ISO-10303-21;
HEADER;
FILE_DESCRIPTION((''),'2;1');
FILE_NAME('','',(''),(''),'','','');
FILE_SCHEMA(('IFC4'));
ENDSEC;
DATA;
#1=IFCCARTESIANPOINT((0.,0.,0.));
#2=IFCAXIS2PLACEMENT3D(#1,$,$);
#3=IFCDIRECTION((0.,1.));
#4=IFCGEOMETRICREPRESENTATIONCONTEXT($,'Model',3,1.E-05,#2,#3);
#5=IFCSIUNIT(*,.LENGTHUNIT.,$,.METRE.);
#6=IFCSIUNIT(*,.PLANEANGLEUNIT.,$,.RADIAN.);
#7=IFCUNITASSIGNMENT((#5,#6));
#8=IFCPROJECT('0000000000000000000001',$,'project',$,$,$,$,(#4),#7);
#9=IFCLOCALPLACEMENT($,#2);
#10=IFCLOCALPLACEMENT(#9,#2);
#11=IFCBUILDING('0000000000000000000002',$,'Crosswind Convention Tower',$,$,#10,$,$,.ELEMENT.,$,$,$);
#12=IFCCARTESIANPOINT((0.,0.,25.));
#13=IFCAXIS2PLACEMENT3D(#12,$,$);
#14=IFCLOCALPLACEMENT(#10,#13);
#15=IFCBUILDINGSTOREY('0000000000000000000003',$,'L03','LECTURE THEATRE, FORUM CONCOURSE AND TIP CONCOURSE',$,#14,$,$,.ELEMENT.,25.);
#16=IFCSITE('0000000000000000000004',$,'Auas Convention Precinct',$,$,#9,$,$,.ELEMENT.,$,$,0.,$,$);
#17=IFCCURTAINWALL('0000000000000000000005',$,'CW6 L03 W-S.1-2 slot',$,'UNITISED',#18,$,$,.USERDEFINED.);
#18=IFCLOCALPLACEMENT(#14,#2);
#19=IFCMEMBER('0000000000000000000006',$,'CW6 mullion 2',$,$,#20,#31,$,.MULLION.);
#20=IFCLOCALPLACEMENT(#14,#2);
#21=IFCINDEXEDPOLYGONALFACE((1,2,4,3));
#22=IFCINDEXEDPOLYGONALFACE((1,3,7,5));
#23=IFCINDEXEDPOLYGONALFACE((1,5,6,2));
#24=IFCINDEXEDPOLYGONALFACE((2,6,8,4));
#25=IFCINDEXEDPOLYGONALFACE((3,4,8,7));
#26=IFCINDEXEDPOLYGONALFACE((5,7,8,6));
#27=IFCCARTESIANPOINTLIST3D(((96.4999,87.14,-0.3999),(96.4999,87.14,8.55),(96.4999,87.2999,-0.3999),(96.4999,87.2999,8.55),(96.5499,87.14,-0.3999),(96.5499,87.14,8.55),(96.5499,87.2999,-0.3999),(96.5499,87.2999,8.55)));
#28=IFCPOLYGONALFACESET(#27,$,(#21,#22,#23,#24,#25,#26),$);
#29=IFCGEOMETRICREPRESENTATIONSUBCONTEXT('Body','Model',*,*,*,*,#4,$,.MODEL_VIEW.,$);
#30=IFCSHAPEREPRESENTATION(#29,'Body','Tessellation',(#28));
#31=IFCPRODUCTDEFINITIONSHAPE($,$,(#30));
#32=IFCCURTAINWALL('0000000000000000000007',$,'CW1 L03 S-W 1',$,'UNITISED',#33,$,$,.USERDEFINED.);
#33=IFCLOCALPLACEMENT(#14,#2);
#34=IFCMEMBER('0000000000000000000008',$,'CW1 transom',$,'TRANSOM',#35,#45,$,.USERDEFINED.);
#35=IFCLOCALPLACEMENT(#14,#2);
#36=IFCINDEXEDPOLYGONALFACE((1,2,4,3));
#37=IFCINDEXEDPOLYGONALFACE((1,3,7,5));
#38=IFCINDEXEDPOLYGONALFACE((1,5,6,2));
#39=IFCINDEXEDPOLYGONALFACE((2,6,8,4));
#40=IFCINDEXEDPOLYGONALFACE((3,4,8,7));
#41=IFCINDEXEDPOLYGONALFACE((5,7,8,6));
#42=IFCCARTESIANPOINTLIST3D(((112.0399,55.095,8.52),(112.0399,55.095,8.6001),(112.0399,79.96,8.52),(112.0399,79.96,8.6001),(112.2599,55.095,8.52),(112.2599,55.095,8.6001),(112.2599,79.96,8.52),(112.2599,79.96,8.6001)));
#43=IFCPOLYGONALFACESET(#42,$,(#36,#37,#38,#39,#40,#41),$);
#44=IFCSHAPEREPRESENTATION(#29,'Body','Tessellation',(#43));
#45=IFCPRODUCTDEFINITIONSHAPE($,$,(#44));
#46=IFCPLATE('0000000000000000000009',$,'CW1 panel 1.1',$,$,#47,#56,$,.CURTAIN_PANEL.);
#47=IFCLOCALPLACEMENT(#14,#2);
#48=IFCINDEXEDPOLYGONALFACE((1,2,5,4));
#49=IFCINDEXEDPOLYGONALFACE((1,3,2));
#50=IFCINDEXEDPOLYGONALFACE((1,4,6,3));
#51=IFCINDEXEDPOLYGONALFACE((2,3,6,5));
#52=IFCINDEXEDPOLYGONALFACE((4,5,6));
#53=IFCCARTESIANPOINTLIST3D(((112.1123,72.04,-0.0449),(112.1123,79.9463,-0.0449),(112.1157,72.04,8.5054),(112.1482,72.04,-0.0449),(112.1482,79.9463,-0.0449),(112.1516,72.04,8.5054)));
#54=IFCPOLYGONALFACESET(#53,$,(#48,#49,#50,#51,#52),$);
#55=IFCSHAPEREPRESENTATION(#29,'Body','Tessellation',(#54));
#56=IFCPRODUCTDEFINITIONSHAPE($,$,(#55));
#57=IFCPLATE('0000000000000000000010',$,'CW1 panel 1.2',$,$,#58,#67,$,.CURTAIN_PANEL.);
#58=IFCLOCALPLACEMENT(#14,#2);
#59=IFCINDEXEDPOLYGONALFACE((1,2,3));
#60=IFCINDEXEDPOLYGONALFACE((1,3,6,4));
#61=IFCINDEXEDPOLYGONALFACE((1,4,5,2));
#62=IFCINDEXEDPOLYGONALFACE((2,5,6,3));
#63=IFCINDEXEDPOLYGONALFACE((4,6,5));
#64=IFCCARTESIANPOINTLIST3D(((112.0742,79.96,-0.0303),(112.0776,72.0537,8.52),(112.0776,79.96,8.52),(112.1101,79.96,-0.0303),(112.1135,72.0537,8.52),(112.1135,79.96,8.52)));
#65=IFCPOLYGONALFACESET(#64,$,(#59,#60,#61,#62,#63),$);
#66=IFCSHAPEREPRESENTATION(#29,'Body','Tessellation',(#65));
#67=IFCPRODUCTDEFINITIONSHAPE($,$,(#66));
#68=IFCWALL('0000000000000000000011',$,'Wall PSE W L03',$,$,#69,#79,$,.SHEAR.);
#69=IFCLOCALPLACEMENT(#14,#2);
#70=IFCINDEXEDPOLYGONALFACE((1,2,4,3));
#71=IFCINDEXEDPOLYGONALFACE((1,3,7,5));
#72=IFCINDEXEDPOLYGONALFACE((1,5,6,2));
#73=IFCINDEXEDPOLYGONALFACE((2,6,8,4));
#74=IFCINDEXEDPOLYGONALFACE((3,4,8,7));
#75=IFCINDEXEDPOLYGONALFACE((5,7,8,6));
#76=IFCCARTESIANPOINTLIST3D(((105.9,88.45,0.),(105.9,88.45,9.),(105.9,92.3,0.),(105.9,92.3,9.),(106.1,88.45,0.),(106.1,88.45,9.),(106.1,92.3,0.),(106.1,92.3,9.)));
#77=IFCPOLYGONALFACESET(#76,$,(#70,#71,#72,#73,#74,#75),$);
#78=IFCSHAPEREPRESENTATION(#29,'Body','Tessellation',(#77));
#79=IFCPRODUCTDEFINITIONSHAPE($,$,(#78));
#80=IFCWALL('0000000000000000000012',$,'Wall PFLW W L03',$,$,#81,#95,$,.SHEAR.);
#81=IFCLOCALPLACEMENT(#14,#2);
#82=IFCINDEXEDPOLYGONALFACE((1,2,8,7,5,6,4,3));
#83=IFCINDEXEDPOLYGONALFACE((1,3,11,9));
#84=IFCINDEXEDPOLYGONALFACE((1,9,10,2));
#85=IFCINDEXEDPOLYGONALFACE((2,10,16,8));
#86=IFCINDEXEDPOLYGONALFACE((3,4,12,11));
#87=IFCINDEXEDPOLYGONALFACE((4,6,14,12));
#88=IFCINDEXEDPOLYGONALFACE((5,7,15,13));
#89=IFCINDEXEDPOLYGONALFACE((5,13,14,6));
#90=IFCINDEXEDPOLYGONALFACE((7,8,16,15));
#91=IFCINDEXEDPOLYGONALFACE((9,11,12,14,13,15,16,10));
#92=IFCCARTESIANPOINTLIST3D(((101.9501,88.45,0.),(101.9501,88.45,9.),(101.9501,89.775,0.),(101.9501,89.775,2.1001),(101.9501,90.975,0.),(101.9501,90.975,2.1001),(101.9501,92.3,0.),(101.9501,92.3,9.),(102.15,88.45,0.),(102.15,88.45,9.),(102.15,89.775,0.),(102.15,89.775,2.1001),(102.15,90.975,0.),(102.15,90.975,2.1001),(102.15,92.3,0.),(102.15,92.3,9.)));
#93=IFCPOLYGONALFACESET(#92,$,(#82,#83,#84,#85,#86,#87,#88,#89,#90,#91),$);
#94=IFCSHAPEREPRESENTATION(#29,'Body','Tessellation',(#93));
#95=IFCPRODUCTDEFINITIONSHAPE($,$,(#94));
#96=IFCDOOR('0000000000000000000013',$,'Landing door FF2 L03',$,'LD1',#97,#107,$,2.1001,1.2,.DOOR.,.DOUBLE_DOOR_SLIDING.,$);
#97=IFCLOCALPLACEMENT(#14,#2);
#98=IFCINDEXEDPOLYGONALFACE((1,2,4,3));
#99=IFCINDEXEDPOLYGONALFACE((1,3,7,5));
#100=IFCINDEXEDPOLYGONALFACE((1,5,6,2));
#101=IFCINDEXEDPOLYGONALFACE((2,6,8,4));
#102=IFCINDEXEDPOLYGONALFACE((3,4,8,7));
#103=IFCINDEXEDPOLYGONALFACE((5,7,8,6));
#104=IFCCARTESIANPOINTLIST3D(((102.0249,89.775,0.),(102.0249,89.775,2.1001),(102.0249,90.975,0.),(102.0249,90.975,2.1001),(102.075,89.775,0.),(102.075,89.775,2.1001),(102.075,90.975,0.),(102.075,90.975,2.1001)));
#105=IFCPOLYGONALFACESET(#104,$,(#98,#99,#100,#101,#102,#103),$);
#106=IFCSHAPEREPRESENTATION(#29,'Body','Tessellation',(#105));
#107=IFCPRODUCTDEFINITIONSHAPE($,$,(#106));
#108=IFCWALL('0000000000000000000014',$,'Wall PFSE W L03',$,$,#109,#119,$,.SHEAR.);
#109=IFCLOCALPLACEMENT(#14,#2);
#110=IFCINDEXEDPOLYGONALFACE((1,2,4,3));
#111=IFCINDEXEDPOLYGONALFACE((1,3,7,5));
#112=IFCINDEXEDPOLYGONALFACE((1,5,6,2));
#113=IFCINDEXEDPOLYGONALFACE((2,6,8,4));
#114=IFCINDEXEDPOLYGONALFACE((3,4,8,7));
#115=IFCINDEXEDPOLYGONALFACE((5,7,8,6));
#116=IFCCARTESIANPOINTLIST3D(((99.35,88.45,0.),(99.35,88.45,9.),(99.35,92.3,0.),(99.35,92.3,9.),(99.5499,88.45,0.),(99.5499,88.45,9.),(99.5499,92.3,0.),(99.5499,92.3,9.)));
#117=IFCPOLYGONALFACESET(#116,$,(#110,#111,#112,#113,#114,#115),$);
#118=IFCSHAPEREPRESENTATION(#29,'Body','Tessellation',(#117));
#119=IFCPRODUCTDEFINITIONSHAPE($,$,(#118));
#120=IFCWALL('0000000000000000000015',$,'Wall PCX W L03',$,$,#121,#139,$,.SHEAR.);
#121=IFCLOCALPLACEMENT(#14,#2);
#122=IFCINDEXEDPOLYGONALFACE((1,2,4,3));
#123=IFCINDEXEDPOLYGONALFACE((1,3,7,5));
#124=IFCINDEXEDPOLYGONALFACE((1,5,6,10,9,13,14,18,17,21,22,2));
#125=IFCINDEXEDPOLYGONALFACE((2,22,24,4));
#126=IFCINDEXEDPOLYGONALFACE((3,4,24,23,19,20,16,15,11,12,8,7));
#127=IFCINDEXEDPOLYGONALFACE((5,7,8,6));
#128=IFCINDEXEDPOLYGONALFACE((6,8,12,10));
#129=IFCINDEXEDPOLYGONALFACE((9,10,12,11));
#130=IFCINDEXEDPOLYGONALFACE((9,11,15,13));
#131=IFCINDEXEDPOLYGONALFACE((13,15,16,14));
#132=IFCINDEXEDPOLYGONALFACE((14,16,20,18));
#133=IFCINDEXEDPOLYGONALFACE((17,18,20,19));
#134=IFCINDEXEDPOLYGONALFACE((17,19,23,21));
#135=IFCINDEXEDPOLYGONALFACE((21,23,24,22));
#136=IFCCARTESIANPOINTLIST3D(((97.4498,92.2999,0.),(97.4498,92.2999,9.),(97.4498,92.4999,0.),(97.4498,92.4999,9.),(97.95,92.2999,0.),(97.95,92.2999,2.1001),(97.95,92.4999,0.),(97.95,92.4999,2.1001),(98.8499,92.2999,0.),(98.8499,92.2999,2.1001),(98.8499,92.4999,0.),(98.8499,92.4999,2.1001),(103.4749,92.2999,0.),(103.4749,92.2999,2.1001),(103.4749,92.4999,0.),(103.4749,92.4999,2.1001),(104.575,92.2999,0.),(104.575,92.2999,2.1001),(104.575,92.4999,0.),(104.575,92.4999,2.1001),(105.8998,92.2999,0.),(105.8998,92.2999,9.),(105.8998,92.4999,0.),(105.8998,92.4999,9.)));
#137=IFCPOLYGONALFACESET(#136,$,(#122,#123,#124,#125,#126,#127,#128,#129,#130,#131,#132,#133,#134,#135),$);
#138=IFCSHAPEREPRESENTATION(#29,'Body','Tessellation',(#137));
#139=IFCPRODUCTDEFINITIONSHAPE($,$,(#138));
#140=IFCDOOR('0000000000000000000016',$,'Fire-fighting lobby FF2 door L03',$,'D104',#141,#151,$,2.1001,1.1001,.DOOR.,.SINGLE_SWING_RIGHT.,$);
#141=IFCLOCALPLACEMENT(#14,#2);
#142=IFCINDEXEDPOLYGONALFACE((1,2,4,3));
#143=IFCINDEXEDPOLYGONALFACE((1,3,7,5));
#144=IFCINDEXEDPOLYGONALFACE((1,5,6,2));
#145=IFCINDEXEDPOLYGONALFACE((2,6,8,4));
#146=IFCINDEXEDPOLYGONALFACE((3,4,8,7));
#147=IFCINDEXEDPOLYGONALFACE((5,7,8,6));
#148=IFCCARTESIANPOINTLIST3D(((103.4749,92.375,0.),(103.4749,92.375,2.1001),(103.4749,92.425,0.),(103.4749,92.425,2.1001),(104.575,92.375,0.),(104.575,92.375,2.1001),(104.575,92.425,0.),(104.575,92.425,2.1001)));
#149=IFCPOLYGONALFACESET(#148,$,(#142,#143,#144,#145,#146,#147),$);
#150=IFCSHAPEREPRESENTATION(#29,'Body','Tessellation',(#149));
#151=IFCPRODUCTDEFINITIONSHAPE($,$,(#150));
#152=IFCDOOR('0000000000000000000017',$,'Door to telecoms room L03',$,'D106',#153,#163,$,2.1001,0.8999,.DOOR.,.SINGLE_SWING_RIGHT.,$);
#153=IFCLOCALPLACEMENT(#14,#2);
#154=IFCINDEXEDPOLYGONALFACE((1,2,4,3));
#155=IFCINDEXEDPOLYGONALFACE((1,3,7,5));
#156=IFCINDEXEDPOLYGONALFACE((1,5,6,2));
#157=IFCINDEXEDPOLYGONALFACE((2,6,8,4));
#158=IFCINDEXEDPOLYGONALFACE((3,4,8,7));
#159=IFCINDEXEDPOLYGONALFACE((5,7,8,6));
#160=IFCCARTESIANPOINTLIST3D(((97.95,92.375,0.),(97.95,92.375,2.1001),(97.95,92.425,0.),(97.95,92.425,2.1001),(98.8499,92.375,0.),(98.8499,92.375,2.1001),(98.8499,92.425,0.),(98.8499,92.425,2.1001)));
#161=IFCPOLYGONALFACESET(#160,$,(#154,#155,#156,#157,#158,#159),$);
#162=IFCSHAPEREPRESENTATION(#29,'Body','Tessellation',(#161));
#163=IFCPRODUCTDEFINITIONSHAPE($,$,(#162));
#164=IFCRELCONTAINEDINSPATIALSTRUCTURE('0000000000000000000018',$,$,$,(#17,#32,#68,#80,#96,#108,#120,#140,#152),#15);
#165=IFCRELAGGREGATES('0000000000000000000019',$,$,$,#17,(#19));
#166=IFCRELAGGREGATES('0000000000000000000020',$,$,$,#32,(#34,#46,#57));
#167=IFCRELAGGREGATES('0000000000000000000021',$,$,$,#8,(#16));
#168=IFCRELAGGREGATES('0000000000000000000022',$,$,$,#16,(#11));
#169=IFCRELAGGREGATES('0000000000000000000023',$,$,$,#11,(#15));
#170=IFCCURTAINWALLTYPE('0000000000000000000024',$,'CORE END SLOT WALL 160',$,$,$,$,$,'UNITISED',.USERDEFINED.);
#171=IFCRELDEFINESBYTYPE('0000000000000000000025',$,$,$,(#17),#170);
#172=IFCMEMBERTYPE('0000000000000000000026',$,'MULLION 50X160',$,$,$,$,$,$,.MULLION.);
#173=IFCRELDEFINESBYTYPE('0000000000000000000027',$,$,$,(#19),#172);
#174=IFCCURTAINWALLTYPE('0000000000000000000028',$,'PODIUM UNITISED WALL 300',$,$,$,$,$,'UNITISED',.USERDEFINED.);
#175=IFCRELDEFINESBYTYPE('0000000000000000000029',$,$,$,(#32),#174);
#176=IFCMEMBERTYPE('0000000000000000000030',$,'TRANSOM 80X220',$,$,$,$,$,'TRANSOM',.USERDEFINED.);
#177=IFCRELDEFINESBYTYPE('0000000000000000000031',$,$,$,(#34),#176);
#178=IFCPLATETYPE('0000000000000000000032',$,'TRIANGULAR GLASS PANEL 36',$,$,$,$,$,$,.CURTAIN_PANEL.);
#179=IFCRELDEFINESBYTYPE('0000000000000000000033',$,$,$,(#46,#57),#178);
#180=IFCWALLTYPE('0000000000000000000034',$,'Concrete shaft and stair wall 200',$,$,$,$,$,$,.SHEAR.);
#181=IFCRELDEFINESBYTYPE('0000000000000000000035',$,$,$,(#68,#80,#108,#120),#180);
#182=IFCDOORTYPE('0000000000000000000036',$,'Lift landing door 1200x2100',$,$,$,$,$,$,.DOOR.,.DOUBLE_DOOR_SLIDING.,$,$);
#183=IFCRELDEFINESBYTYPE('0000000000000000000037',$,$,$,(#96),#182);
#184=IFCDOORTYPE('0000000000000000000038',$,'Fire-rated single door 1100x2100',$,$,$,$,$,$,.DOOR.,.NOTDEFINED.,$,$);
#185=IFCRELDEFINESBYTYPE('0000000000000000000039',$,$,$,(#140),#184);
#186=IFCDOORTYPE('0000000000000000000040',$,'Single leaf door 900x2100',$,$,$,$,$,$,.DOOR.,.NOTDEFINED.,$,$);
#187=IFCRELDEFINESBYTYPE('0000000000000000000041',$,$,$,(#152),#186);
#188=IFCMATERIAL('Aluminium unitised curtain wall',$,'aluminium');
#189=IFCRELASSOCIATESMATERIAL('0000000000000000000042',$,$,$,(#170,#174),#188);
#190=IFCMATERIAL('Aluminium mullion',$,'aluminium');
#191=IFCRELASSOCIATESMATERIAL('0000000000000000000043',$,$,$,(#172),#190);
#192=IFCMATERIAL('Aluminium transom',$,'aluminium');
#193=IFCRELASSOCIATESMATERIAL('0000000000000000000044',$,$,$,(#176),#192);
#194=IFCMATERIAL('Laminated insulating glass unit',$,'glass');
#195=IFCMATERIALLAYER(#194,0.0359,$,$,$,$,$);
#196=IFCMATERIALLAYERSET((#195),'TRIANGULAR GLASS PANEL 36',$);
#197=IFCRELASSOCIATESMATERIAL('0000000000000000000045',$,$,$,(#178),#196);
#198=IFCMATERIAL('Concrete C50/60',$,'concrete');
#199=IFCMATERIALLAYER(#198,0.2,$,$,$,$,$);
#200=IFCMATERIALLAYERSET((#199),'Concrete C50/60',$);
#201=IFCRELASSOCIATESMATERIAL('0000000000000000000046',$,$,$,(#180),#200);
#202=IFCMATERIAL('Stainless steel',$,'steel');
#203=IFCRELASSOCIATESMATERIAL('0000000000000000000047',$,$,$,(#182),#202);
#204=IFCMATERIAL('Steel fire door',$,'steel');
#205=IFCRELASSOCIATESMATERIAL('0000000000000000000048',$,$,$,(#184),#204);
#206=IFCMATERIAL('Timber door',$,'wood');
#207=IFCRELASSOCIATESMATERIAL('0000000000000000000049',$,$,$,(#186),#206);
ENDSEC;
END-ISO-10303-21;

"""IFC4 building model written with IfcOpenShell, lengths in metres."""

from ifc_helpers import new_model, si_unit, direction, frame, frame_2d, origin, origin_2d, place, context, subcontext, project, spatial, polyline, rectangle, outline, extrude, material, layer, layer_set, material_profile, profile_set, type_object, element, fill, aggregate, save


model = new_model("IFC4")

# Units and contexts
model_context = context("Model", 3, precision=1e-05, world=origin(), true_north=direction((0.0, 1.0)))
body_context = subcontext(model_context, "Body", "Model", "MODEL_VIEW")
ifc_project = project(units=[si_unit("LENGTHUNIT", "METRE"), si_unit("PLANEANGLEUNIT", "RADIAN")], contexts=[model_context])

# Site, building, storey
site_placement = place(None, origin())
site = spatial("IfcSite", under=ifc_project, at=site_placement, Name="Auas Convention Precinct", CompositionType="ELEMENT", RefElevation=0.0)
building_placement = place(site_placement, origin())
building = spatial("IfcBuilding", under=site, at=building_placement, Name="Crosswind Convention Tower", CompositionType="ELEMENT")
storey_placement = place(building_placement, frame((0.0, 0.0, 25.0)))
storey = spatial("IfcBuildingStorey", under=building, at=storey_placement, Name="L03", Description="LECTURE THEATRE, FORUM CONCOURSE AND TIP CONCOURSE", CompositionType="ELEMENT", Elevation=25.0)

# Curtain wall, member
ifc_material_1 = material(Name="Aluminium unitised curtain wall", Category="aluminium")
curtain_wall_type_1 = type_object("IfcCurtainWallType", Name="CORE END SLOT WALL 160", ElementType="UNITISED", PredefinedType="USERDEFINED", material=ifc_material_1)
curtain_wall_1_placement = place(storey_placement, origin())
curtain_wall_1 = element("IfcCurtainWall", 1, at=curtain_wall_1_placement, inside=storey, type_object=curtain_wall_type_1, Name="CW6 L03 W-S.1-2 slot", ObjectType="UNITISED", PredefinedType="USERDEFINED")
ifc_material_2 = material(Name="Aluminium mullion", Category="aluminium")
ifc_material_profile_1 = material_profile(ifc_material_2, rectangle(XDim=0.1599, YDim=0.05, at=origin_2d()), Name="AL 160X50")
ifc_profile_set_1 = profile_set([ifc_material_profile_1], Name="Aluminium mullion")
member_type_1 = type_object("IfcMemberType", Name="MULLION 50X160", PredefinedType="MULLION", material=ifc_profile_set_1)
member_1_placement = place(storey_placement, frame((96.5249, 87.22, -0.3999), z_axis=(0.0, 0.0, 1.0), x_axis=(0.0, -1.0, 0.0)))
member_1 = element("IfcMember", 2, at=member_1_placement, type_object=member_type_1, Name="CW6 mullion 2", PredefinedType="MULLION", context=body_context, shape_type="SweptSolid", body=[
    extrude(rectangle(XDim=0.1599, YDim=0.05, at=origin_2d()), origin(), (0.0, 0.0, 1.0), 8.95),
])
aggregate(curtain_wall_1, [member_1])

# Curtain wall, member, plates
curtain_wall_type_2 = type_object("IfcCurtainWallType", Name="PODIUM UNITISED WALL 300", ElementType="UNITISED", PredefinedType="USERDEFINED", material=ifc_material_1)
curtain_wall_2_placement = place(storey_placement, origin())
curtain_wall_2 = element("IfcCurtainWall", 3, at=curtain_wall_2_placement, inside=storey, type_object=curtain_wall_type_2, Name="CW1 L03 S-W 1", ObjectType="UNITISED", PredefinedType="USERDEFINED")
ifc_material_3 = material(Name="Aluminium transom", Category="aluminium")
ifc_material_profile_2 = material_profile(ifc_material_3, rectangle(XDim=0.22, YDim=0.0801, at=origin_2d()), Name="AL 220X80")
ifc_profile_set_2 = profile_set([ifc_material_profile_2], Name="Aluminium transom")
member_type_2 = type_object("IfcMemberType", Name="TRANSOM 80X220", ElementType="TRANSOM", PredefinedType="USERDEFINED", material=ifc_profile_set_2)
member_2_placement = place(storey_placement, frame((112.1499, 79.96, 8.5601), z_axis=(0.0, -1.0, 0.0), x_axis=(1.0, 0.0, 0.0)))
member_2 = element("IfcMember", 4, at=member_2_placement, type_object=member_type_2, Name="CW1 transom", ObjectType="TRANSOM", PredefinedType="USERDEFINED", context=body_context, shape_type="SweptSolid", body=[
    extrude(rectangle(XDim=0.22, YDim=0.0801, at=origin_2d()), origin(), (0.0, 0.0, 1.0), 24.865),
])
ifc_material_4 = material(Name="Laminated insulating glass unit", Category="glass")
ifc_layer_1 = layer(ifc_material_4, 0.0359)
ifc_layer_set_1 = layer_set([ifc_layer_1], Name="TRIANGULAR GLASS PANEL 36")
plate_type = type_object("IfcPlateType", Name="TRIANGULAR GLASS PANEL 36", PredefinedType="CURTAIN_PANEL", material=ifc_layer_set_1)
plate_1_placement = place(storey_placement, frame((112.1123, 72.04, -0.0449), z_axis=(-1.0, 0.0, 0.0004), x_axis=(0.0004, 0.0, 1.0)))
plate_1 = element("IfcPlate", 5, at=plate_1_placement, type_object=plate_type, Name="CW1 panel 1.1", PredefinedType="CURTAIN_PANEL", context=body_context, shape_type="SweptSolid", body=[
    extrude(outline(polyline([(0.0, 0.0), (8.5503, 0.0), (0.0, 7.9062), (0.0, 0.0)])), origin(), (0.0, 0.0, -1.0), 0.0359),
])
plate_2_placement = place(storey_placement, frame((112.0776, 79.96, 8.52), z_axis=(-1.0, 0.0, 0.0004), x_axis=(-0.0004, 0.0, -1.0)))
plate_2 = element("IfcPlate", 6, at=plate_2_placement, type_object=plate_type, Name="CW1 panel 1.2", PredefinedType="CURTAIN_PANEL", context=body_context, shape_type="SweptSolid", body=[
    extrude(outline(polyline([(0.0, 0.0), (8.5503, 0.0), (0.0, 7.9062), (0.0, 0.0)])), origin(), (0.0, 0.0, -1.0), 0.0359),
])

# Wall
ifc_material_5 = material(Name="Concrete C50/60", Category="concrete")
ifc_layer_2 = layer(ifc_material_5, 0.2)
ifc_layer_set_2 = layer_set([ifc_layer_2], Name="Concrete C50/60")
wall_type_1 = type_object("IfcWallType", Name="Concrete shaft and stair wall 200", PredefinedType="SHEAR", material=ifc_layer_set_2)
wall_1_placement = place(storey_placement, frame((106.0, 92.3, 0.0), z_axis=(0.0, 0.0, 1.0), x_axis=(0.0, -1.0, 0.0)))
element("IfcWall", 7, at=wall_1_placement, inside=storey, type_object=wall_type_1, Name="Wall PSE W L03", PredefinedType="SHEAR", context=body_context, shape_type="SweptSolid", body=[
    extrude(rectangle(XDim=3.8501, YDim=0.2, at=frame_2d((1.925, 0.0))), origin(), (0.0, 0.0, 1.0), 9.0),
])

# Wall, opening, door
wall_2_placement = place(storey_placement, frame((102.05, 92.3, 0.0), z_axis=(0.0, 0.0, 1.0), x_axis=(0.0, -1.0, 0.0)))
wall_2 = element("IfcWall", 8, at=wall_2_placement, inside=storey, type_object=wall_type_1, Name="Wall PFLW W L03", PredefinedType="SHEAR", context=body_context, shape_type="SweptSolid", body=[
    extrude(rectangle(XDim=3.8501, YDim=0.2, at=frame_2d((1.925, 0.0))), origin(), (0.0, 0.0, 1.0), 9.0),
])
opening_1_placement = place(wall_2_placement, frame((1.325, 0.0, 0.0)))
opening_1 = element("IfcOpeningElement", 9, at=opening_1_placement, cuts=wall_2, PredefinedType="OPENING", context=body_context, shape_type="SweptSolid", body=[
    extrude(rectangle(XDim=1.2, YDim=2.1001, at=frame_2d((0.6001, 1.05))), frame((0.0, 0.1099, 0.0), z_axis=(0.0, -1.0, 0.0), x_axis=(1.0, 0.0, 0.0)), (0.0, 0.0, 1.0), 0.22),
])
ifc_material_6 = material(Name="Stainless steel", Category="steel")
door_type_1 = type_object("IfcDoorType", Name="Lift landing door 1200x2100", OperationType="DOUBLE_DOOR_SLIDING", PredefinedType="DOOR", material=ifc_material_6)
door_1_placement = place(opening_1_placement, origin())
door_1 = element("IfcDoor", 10, at=door_1_placement, inside=storey, type_object=door_type_1, Name="Landing door FF2 L03", ObjectType="LD1", OperationType="DOUBLE_DOOR_SLIDING", OverallHeight=2.1001, OverallWidth=1.2, PredefinedType="DOOR", context=body_context, shape_type="SweptSolid", body=[
    extrude(rectangle(XDim=1.2, YDim=2.1001, at=frame_2d((0.6001, 1.05))), frame((0.0, 0.0249, 0.0), z_axis=(0.0, -1.0, 0.0), x_axis=(1.0, 0.0, 0.0)), (0.0, 0.0, 1.0), 0.05),
])
fill(opening_1, door_1)

# Wall
wall_3_placement = place(storey_placement, frame((99.45, 92.3, 0.0), z_axis=(0.0, 0.0, 1.0), x_axis=(0.0, -1.0, 0.0)))
element("IfcWall", 11, at=wall_3_placement, inside=storey, type_object=wall_type_1, Name="Wall PFSE W L03", PredefinedType="SHEAR", context=body_context, shape_type="SweptSolid", body=[
    extrude(rectangle(XDim=3.8501, YDim=0.2, at=frame_2d((1.925, 0.0))), origin(), (0.0, 0.0, 1.0), 9.0),
])

# Wall, openings, doors
wall_4_placement = place(storey_placement, frame((105.8999, 92.3999, 0.0), z_axis=(0.0, 0.0, 1.0), x_axis=(-1.0, 0.0, 0.0)))
wall_4 = element("IfcWall", 12, at=wall_4_placement, inside=storey, type_object=wall_type_1, Name="Wall PCX W L03", PredefinedType="SHEAR", context=body_context, shape_type="SweptSolid", body=[
    extrude(rectangle(XDim=8.45, YDim=0.2, at=frame_2d((4.2251, 0.0))), origin(), (0.0, 0.0, 1.0), 9.0),
])
opening_2_placement = place(wall_4_placement, frame((1.325, 0.0, 0.0)))
opening_2 = element("IfcOpeningElement", 13, at=opening_2_placement, cuts=wall_4, PredefinedType="OPENING", context=body_context, shape_type="SweptSolid", body=[
    extrude(rectangle(XDim=1.1001, YDim=2.1001, at=frame_2d((0.55, 1.05))), frame((0.0, 0.1099, 0.0), z_axis=(0.0, -1.0, 0.0), x_axis=(1.0, 0.0, 0.0)), (0.0, 0.0, 1.0), 0.22),
])
opening_3_placement = place(wall_4_placement, frame((7.05, 0.0, 0.0)))
opening_3 = element("IfcOpeningElement", 14, at=opening_3_placement, cuts=wall_4, PredefinedType="OPENING", context=body_context, shape_type="SweptSolid", body=[
    extrude(rectangle(XDim=0.8999, YDim=2.1001, at=frame_2d((0.45, 1.05))), frame((0.0, 0.1099, 0.0), z_axis=(0.0, -1.0, 0.0), x_axis=(1.0, 0.0, 0.0)), (0.0, 0.0, 1.0), 0.22),
])
ifc_material_7 = material(Name="Steel fire door", Category="steel")
door_type_2 = type_object("IfcDoorType", Name="Fire-rated single door 1100x2100", OperationType="NOTDEFINED", PredefinedType="DOOR", material=ifc_material_7)
door_2_placement = place(opening_2_placement, origin())
door_2 = element("IfcDoor", 15, at=door_2_placement, inside=storey, type_object=door_type_2, Name="Fire-fighting lobby FF2 door L03", ObjectType="D104", OperationType="SINGLE_SWING_RIGHT", OverallHeight=2.1001, OverallWidth=1.1001, PredefinedType="DOOR", context=body_context, shape_type="SweptSolid", body=[
    extrude(rectangle(XDim=1.1001, YDim=2.1001, at=frame_2d((0.55, 1.05))), frame((0.0, 0.0249, 0.0), z_axis=(0.0, -1.0, 0.0), x_axis=(1.0, 0.0, 0.0)), (0.0, 0.0, 1.0), 0.05),
])
fill(opening_2, door_2)
ifc_material_8 = material(Name="Timber door", Category="wood")
door_type_3 = type_object("IfcDoorType", Name="Single leaf door 900x2100", OperationType="NOTDEFINED", PredefinedType="DOOR", material=ifc_material_8)
door_3_placement = place(opening_3_placement, origin())
door_3 = element("IfcDoor", 16, at=door_3_placement, inside=storey, type_object=door_type_3, Name="Door to telecoms room L03", ObjectType="D106", OperationType="SINGLE_SWING_RIGHT", OverallHeight=2.1001, OverallWidth=0.8999, PredefinedType="DOOR", context=body_context, shape_type="SweptSolid", body=[
    extrude(rectangle(XDim=0.8999, YDim=2.1001, at=frame_2d((0.45, 1.05))), frame((0.0, 0.0249, 0.0), z_axis=(0.0, -1.0, 0.0), x_axis=(1.0, 0.0, 0.0)), (0.0, 0.0, 1.0), 0.05),
])
fill(opening_3, door_3)

aggregate(curtain_wall_2, [member_2, plate_1, plate_2])

save(model, "model.ifc")
